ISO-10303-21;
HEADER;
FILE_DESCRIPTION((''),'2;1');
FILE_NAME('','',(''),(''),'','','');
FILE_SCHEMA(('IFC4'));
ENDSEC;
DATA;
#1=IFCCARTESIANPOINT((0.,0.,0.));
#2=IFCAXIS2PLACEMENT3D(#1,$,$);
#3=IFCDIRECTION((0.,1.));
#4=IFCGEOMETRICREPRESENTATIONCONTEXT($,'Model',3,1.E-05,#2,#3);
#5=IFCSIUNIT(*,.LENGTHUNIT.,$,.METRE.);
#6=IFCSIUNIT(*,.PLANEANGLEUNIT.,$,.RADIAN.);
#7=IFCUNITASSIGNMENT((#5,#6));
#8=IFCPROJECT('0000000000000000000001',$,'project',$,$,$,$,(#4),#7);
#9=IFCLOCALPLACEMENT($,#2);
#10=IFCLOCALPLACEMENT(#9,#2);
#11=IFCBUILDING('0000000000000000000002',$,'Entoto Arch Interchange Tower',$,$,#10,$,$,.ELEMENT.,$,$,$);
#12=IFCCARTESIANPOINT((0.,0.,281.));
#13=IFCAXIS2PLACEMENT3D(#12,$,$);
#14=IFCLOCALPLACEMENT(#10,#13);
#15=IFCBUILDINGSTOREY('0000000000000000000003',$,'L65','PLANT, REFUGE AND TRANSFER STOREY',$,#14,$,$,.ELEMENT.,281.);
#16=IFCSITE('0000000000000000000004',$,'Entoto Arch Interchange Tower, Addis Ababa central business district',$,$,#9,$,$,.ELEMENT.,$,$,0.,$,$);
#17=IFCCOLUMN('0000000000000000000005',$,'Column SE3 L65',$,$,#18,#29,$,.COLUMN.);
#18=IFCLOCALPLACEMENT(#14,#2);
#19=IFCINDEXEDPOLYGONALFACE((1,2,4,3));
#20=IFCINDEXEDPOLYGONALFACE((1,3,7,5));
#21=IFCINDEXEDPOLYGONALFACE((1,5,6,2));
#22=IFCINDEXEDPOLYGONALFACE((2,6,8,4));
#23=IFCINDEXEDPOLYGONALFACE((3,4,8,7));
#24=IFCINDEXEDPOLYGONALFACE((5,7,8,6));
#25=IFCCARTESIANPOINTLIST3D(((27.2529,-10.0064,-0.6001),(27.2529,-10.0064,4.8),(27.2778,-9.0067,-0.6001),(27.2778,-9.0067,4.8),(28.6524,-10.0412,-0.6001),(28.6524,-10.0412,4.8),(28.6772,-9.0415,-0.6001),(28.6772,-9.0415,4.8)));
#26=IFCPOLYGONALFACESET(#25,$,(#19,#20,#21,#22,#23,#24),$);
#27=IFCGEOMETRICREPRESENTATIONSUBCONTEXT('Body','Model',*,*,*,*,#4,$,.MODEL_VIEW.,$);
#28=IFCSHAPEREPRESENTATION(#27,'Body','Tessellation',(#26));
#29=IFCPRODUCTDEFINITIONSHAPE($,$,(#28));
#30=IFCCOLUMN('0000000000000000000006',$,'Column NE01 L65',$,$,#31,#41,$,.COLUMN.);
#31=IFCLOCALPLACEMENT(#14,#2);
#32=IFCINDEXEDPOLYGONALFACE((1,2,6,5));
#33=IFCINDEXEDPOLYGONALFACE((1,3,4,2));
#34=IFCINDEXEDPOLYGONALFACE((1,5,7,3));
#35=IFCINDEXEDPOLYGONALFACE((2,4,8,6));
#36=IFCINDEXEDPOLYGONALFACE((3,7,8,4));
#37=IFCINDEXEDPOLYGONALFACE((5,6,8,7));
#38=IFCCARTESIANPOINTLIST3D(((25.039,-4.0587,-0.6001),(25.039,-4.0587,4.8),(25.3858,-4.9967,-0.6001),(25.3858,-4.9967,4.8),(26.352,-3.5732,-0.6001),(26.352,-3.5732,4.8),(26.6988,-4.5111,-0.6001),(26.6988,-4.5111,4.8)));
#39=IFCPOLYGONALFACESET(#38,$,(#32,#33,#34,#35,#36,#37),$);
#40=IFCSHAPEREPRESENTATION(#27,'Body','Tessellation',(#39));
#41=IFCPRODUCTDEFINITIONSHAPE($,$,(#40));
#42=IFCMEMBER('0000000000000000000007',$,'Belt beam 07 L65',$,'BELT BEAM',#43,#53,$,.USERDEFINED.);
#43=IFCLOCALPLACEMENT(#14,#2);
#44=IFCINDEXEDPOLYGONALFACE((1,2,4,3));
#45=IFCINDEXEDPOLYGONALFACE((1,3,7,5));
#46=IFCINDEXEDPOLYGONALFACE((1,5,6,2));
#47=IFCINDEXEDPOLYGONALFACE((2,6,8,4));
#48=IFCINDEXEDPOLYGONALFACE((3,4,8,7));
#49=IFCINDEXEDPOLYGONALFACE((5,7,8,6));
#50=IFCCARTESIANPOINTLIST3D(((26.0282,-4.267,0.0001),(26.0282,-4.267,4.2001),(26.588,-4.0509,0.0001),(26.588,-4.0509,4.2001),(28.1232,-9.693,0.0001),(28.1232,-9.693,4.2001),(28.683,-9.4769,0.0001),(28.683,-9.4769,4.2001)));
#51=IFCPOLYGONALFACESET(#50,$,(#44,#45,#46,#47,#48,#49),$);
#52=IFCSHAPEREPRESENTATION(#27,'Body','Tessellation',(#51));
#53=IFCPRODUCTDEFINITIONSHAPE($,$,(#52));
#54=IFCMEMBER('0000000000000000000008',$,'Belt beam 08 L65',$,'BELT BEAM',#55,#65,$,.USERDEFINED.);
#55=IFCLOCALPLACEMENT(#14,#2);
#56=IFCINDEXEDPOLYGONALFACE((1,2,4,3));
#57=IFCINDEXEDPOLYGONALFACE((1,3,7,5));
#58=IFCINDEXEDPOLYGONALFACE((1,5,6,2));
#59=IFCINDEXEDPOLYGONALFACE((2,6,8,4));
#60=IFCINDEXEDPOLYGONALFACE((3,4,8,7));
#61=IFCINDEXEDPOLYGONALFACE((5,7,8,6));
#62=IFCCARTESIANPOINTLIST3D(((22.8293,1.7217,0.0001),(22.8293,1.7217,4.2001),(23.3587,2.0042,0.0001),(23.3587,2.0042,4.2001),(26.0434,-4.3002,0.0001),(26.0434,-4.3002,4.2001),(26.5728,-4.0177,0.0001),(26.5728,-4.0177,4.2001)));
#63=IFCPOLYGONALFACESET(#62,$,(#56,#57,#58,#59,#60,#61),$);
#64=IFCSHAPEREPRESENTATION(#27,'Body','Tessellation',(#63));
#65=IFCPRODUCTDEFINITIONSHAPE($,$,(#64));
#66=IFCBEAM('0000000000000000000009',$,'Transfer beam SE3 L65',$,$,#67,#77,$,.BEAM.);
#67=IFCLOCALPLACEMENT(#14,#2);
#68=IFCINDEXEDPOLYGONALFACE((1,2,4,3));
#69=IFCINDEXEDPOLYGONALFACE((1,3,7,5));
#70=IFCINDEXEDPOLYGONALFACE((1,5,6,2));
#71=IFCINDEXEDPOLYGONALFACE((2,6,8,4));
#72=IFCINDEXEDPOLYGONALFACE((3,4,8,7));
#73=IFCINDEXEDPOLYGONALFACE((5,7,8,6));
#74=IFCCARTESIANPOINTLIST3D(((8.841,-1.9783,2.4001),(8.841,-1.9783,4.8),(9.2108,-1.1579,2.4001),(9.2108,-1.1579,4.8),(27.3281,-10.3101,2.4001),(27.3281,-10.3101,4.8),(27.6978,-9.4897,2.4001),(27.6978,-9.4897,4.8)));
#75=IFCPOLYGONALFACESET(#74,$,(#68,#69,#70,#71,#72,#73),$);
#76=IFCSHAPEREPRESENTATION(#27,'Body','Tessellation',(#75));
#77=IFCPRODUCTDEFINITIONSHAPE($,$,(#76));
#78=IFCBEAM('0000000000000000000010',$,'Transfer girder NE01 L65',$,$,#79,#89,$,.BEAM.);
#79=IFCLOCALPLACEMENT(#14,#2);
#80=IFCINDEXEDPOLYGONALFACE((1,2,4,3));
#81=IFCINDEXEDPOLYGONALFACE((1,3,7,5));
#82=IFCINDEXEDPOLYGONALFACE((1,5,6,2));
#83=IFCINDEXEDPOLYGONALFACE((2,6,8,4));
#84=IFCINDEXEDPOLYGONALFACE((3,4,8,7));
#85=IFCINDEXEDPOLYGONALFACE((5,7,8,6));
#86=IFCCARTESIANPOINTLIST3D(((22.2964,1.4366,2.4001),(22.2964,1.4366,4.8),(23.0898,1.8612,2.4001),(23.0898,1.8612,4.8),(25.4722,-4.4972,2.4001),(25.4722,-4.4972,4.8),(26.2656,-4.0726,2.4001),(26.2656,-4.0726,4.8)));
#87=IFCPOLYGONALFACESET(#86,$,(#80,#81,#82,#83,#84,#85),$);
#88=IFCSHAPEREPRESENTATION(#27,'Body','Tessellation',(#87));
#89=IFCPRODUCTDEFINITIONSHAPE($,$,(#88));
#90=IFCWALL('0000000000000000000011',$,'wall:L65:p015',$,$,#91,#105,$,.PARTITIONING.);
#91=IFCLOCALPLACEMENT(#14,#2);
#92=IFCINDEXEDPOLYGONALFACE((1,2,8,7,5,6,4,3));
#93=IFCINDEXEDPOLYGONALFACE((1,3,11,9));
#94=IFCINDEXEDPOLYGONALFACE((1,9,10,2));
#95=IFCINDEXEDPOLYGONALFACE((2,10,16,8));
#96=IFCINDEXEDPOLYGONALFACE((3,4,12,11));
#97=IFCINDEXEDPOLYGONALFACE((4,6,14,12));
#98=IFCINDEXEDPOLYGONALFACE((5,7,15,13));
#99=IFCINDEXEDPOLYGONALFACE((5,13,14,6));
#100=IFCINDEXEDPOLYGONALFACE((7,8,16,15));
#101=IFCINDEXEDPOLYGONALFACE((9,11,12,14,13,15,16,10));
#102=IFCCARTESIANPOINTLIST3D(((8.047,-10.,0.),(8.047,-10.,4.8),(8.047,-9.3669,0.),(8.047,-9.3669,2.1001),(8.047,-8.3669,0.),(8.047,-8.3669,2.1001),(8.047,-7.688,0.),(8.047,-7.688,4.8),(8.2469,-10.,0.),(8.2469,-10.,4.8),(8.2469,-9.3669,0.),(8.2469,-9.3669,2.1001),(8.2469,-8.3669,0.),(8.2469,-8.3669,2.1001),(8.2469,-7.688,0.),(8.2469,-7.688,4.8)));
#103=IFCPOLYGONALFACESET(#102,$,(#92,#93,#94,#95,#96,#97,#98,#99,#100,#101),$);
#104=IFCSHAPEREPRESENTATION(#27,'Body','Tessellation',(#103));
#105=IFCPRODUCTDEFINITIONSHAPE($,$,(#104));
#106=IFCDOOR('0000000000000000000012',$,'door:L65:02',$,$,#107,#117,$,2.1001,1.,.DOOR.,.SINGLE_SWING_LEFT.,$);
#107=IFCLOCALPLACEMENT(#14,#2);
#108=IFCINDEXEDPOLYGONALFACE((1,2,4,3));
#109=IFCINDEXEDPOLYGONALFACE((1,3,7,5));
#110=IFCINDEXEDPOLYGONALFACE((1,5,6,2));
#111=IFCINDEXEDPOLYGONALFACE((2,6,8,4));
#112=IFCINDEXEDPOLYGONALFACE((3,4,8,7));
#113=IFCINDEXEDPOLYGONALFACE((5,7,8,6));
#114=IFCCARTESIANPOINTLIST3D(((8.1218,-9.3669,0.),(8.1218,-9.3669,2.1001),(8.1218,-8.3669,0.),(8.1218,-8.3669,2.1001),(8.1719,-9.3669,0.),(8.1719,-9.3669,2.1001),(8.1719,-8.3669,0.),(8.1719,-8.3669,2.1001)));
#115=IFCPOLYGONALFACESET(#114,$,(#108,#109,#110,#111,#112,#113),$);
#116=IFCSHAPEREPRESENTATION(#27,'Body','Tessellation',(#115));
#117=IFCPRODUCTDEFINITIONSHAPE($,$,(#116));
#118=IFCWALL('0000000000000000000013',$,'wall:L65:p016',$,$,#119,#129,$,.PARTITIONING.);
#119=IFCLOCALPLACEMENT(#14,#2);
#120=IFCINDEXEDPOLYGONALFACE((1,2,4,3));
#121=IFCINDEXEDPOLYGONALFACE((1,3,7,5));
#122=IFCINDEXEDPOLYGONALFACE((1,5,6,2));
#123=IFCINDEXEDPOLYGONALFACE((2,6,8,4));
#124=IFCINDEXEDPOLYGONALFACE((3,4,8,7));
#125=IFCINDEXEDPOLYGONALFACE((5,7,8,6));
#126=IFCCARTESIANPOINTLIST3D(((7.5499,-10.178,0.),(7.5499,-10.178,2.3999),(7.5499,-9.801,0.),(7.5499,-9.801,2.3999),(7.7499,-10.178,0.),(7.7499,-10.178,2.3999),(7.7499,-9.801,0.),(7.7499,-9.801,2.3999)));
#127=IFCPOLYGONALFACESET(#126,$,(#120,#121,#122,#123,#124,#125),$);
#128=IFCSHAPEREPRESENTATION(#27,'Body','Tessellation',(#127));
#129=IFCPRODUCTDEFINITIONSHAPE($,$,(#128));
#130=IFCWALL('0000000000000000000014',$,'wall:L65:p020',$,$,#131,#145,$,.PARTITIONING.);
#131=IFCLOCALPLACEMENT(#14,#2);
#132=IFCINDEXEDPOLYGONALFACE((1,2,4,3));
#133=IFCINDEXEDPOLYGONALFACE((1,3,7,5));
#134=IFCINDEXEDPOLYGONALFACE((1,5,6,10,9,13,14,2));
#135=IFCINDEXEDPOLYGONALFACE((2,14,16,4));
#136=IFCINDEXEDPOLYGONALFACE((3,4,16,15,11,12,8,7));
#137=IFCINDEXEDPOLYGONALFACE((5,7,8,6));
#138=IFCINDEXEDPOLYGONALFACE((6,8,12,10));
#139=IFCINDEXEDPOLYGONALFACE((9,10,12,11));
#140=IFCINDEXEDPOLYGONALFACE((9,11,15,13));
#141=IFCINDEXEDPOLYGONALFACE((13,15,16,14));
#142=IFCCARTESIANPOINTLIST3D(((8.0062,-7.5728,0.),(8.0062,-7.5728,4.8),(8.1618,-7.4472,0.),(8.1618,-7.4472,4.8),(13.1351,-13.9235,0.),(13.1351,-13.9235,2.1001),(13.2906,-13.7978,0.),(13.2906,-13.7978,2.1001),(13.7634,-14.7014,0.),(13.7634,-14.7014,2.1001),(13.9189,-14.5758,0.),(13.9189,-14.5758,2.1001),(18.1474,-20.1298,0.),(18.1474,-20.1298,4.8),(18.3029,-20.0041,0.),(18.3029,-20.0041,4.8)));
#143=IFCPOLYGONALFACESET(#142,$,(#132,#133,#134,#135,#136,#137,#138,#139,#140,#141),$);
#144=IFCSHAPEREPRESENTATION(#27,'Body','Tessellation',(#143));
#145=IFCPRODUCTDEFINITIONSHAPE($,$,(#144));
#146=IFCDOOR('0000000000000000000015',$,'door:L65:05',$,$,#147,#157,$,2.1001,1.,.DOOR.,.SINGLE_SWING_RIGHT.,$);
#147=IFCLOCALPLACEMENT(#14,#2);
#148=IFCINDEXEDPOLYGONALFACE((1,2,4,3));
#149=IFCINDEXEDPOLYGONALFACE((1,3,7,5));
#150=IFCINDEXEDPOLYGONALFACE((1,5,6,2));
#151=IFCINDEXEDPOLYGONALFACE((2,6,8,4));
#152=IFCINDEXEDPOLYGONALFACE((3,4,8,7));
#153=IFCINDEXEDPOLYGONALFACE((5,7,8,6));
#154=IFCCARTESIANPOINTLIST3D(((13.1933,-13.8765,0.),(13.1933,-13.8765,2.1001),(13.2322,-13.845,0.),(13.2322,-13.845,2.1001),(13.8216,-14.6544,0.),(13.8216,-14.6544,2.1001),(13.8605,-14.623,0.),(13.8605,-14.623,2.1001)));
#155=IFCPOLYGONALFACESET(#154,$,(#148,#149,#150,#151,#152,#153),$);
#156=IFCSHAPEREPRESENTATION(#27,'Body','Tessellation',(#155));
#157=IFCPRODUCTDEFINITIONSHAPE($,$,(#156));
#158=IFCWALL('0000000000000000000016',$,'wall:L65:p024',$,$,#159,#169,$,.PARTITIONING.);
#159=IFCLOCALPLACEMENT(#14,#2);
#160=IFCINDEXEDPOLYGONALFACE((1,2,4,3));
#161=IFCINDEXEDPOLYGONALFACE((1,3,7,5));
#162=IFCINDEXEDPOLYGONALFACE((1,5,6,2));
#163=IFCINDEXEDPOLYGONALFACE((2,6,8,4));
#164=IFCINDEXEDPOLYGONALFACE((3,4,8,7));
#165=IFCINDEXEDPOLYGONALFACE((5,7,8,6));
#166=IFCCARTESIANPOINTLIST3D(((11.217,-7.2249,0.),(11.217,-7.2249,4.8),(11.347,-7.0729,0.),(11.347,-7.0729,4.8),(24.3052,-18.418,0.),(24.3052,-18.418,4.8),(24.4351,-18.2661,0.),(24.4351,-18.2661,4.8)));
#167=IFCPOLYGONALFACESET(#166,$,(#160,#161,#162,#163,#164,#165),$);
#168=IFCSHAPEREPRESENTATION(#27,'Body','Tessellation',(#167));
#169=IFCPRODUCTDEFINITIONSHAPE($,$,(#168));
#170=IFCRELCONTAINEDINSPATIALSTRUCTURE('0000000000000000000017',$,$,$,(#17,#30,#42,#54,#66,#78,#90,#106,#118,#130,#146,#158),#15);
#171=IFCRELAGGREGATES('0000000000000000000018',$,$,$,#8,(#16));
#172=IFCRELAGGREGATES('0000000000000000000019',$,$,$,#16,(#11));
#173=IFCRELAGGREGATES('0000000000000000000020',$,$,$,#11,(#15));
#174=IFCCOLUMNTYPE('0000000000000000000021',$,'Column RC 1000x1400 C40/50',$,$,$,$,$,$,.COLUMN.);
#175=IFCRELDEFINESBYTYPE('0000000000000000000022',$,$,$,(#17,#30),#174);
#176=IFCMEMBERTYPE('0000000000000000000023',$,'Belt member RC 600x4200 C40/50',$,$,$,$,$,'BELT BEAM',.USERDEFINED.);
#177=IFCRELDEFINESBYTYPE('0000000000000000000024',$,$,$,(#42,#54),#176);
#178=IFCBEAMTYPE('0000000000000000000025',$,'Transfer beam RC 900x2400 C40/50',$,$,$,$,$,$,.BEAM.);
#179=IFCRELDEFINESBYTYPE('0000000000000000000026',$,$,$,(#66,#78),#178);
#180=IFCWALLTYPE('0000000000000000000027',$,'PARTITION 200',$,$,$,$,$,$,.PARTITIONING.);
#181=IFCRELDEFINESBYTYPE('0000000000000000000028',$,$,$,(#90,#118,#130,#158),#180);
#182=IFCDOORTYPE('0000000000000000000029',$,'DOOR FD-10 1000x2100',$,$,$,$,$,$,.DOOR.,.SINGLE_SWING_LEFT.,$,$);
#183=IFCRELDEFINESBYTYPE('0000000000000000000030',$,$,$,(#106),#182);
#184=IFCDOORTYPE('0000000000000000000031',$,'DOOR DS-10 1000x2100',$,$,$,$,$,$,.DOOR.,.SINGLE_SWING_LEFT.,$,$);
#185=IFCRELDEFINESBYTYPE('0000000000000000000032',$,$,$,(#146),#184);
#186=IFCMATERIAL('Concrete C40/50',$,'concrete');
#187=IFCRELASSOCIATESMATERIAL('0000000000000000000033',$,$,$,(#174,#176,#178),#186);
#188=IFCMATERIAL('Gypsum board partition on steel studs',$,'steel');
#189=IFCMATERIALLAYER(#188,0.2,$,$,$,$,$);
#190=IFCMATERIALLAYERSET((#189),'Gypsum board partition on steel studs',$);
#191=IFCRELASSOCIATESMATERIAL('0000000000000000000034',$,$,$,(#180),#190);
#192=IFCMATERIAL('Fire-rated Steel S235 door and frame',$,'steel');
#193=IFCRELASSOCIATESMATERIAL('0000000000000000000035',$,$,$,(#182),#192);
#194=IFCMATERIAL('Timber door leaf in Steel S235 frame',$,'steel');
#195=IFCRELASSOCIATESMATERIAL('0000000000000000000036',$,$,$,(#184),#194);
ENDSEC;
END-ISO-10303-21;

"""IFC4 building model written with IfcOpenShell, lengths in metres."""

from ifc_helpers import new_model, si_unit, direction, frame, frame_2d, origin, origin_2d, place, context, subcontext, project, spatial, rectangle, extrude, material, layer, layer_set, material_profile, profile_set, type_object, element, fill, save


model = new_model("IFC4")

# Units and contexts
model_context = context("Model", 3, precision=1e-05, world=origin(), true_north=direction((0.0, 1.0)))
body_context = subcontext(model_context, "Body", "Model", "MODEL_VIEW")
ifc_project = project(units=[si_unit("LENGTHUNIT", "METRE"), si_unit("PLANEANGLEUNIT", "RADIAN")], contexts=[model_context])

# Site, building, storey
site_placement = place(None, origin())
site = spatial("IfcSite", under=ifc_project, at=site_placement, Name="Entoto Arch Interchange Tower, Addis Ababa central business district", CompositionType="ELEMENT", RefElevation=0.0)
building_placement = place(site_placement, origin())
building = spatial("IfcBuilding", under=site, at=building_placement, Name="Entoto Arch Interchange Tower", CompositionType="ELEMENT")
storey_placement = place(building_placement, frame((0.0, 0.0, 281.0)))
storey = spatial("IfcBuildingStorey", under=building, at=storey_placement, Name="L65", Description="PLANT, REFUGE AND TRANSFER STOREY", CompositionType="ELEMENT", Elevation=281.0)

# Columns
ifc_material_1 = material(Name="Concrete C40/50", Category="concrete")
ifc_material_profile_1 = material_profile(ifc_material_1, rectangle(XDim=1.0, YDim=1.3999, at=origin_2d()))
ifc_profile_set_1 = profile_set([ifc_material_profile_1], Name="Concrete C40/50")
column_type = type_object("IfcColumnType", Name="Column RC 1000x1400 C40/50", PredefinedType="COLUMN", material=ifc_profile_set_1)
for number, where, z_axis, x_axis, name in (
    (1, (27.9651, -9.5239, -0.6001), (0.0, 0.0, 1.0), (0.024833, 0.999692, 0.0), "Column SE3 L65"),
    (2, (25.8689, -4.2849, -0.6001), (0.0, 0.0, 1.0), (-0.346854, 0.937919, 0.0), "Column NE01 L65"),
):
    element("IfcColumn", number, at=place(storey_placement, frame(where, z_axis=z_axis, x_axis=x_axis)), inside=storey, type_object=column_type, Name=name, PredefinedType="COLUMN", context=body_context, shape_type="SweptSolid", body=[
        extrude(rectangle(XDim=1.0, YDim=1.3999, at=origin_2d()), origin(), (0.0, 0.0, 1.0), 5.4001),
    ])

# Members
ifc_material_profile_2 = material_profile(ifc_material_1, rectangle(XDim=0.6001, YDim=4.2, at=origin_2d()))
ifc_profile_set_2 = profile_set([ifc_material_profile_2], Name="Concrete C40/50")
member_type = type_object("IfcMemberType", Name="Belt member RC 600x4200 C40/50", ElementType="BELT BEAM", PredefinedType="USERDEFINED", material=ifc_profile_set_2)
member_1_placement = place(storey_placement, frame((28.4031, -9.585, 2.1001), z_axis=(-0.360183, 0.932882, 0.0), x_axis=(-0.932882, -0.360183, 0.0)))
element("IfcMember", 3, at=member_1_placement, inside=storey, type_object=member_type, Name="Belt beam 07 L65", ObjectType="BELT BEAM", PredefinedType="USERDEFINED", context=body_context, shape_type="SweptSolid", body=[
    extrude(rectangle(XDim=0.6001, YDim=4.2, at=origin_2d()), origin(), (0.0, 0.0, 1.0), 5.8164),
])
member_2_placement = place(storey_placement, frame((26.3081, -4.1589, 2.1001), z_axis=(-0.470861, 0.882207, 0.0), x_axis=(-0.882207, -0.470861, 0.0)))
element("IfcMember", 4, at=member_2_placement, inside=storey, type_object=member_type, Name="Belt beam 08 L65", ObjectType="BELT BEAM", PredefinedType="USERDEFINED", context=body_context, shape_type="SweptSolid", body=[
    extrude(rectangle(XDim=0.6001, YDim=4.2, at=origin_2d()), origin(), (0.0, 0.0, 1.0), 6.8259),
])

# Beams
ifc_material_profile_3 = material_profile(ifc_material_1, rectangle(XDim=0.8999, YDim=2.3999, at=origin_2d()))
ifc_profile_set_3 = profile_set([ifc_material_profile_3], Name="Concrete C40/50")
beam_type = type_object("IfcBeamType", Name="Transfer beam RC 900x2400 C40/50", PredefinedType="BEAM", material=ifc_profile_set_3)
beam_1_placement = place(storey_placement, frame((9.0259, -1.5681, 3.6001), z_axis=(0.911689, -0.410882, 0.0), x_axis=(0.410882, 0.911689, 0.0)))
element("IfcBeam", 5, at=beam_1_placement, inside=storey, type_object=beam_type, Name="Transfer beam SE3 L65", PredefinedType="BEAM", context=body_context, shape_type="SweptSolid", body=[
    extrude(rectangle(XDim=0.8999, YDim=2.3999, at=origin_2d()), origin(), (0.0, 0.0, 1.0), 20.2778),
])
beam_2_placement = place(storey_placement, frame((25.8689, -4.2849, 3.6001), z_axis=(-0.471868, 0.881669, 0.0), x_axis=(-0.881669, -0.471868, 0.0)))
element("IfcBeam", 6, at=beam_2_placement, inside=storey, type_object=beam_type, Name="Transfer girder NE01 L65", PredefinedType="BEAM", context=body_context, shape_type="SweptSolid", body=[
    extrude(rectangle(XDim=0.8999, YDim=2.3999, at=origin_2d()), origin(), (0.0, 0.0, 1.0), 6.7302),
])

# Wall, opening, door
ifc_material_2 = material(Name="Gypsum board partition on steel studs", Category="steel")
ifc_layer_1 = layer(ifc_material_2, 0.2)
ifc_layer_set_1 = layer_set([ifc_layer_1], Name="Gypsum board partition on steel studs")
wall_type_1 = type_object("IfcWallType", Name="PARTITION 200", PredefinedType="PARTITIONING", material=ifc_layer_set_1)
wall_1_placement = place(storey_placement, frame((8.147, -7.688, 0.0), z_axis=(0.0, 0.0, 1.0), x_axis=(0.0, -1.0, 0.0)))
wall_1 = element("IfcWall", 7, at=wall_1_placement, inside=storey, type_object=wall_type_1, Name="wall:L65:p015", PredefinedType="PARTITIONING", context=body_context, shape_type="SweptSolid", body=[
    extrude(rectangle(XDim=2.312, YDim=0.2, at=frame_2d((1.156, 0.0))), origin(), (0.0, 0.0, 1.0), 4.8),
])
opening_1_placement = place(wall_1_placement, frame((0.679, 0.0, 0.0)))
opening_1 = element("IfcOpeningElement", 8, at=opening_1_placement, cuts=wall_1, PredefinedType="OPENING", context=body_context, shape_type="SweptSolid", body=[
    extrude(rectangle(XDim=1.0, YDim=2.1001, at=frame_2d((0.5, 1.05))), frame((0.0, 0.1099, 0.0), z_axis=(0.0, -1.0, 0.0), x_axis=(1.0, 0.0, 0.0)), (0.0, 0.0, 1.0), 0.22),
])
ifc_material_3 = material(Name="Fire-rated Steel S235 door and frame", Category="steel")
door_type_1 = type_object("IfcDoorType", Name="DOOR FD-10 1000x2100", OperationType="SINGLE_SWING_LEFT", PredefinedType="DOOR", material=ifc_material_3)
door_1_placement = place(opening_1_placement, origin())
door_1 = element("IfcDoor", 9, at=door_1_placement, inside=storey, type_object=door_type_1, Name="door:L65:02", OperationType="SINGLE_SWING_LEFT", OverallHeight=2.1001, OverallWidth=1.0, PredefinedType="DOOR", context=body_context, shape_type="SweptSolid", body=[
    extrude(rectangle(XDim=1.0, YDim=2.1001, at=frame_2d((0.5, 1.05))), frame((0.0, 0.0249, 0.0), z_axis=(0.0, -1.0, 0.0), x_axis=(1.0, 0.0, 0.0)), (0.0, 0.0, 1.0), 0.05),
])
fill(opening_1, door_1)

# Wall
wall_2_placement = place(storey_placement, frame((7.6499, -9.801, 0.0), z_axis=(0.0, 0.0, 1.0), x_axis=(0.0, -1.0, 0.0)))
element("IfcWall", 10, at=wall_2_placement, inside=storey, type_object=wall_type_1, Name="wall:L65:p016", PredefinedType="PARTITIONING", context=body_context, shape_type="SweptSolid", body=[
    extrude(rectangle(XDim=0.377, YDim=0.2, at=frame_2d((0.1885, 0.0))), origin(), (0.0, 0.0, 1.0), 2.3999),
])

# Wall, opening, door
wall_3_placement = place(storey_placement, frame((8.084, -7.51, 0.0), z_axis=(0.0, 0.0, 1.0), x_axis=(0.6283, -0.777971, 0.0)))
wall_3 = element("IfcWall", 11, at=wall_3_placement, inside=storey, type_object=wall_type_1, Name="wall:L65:p020", PredefinedType="PARTITIONING", context=body_context, shape_type="SweptSolid", body=[
    extrude(rectangle(XDim=16.1406, YDim=0.2, at=frame_2d((8.0703, 0.0))), origin(), (0.0, 0.0, 1.0), 4.8),
])
opening_2_placement = place(wall_3_placement, frame((8.1631, 0.0, 0.0)))
opening_2 = element("IfcOpeningElement", 12, at=opening_2_placement, cuts=wall_3, PredefinedType="OPENING", context=body_context, shape_type="SweptSolid", body=[
    extrude(rectangle(XDim=1.0, YDim=2.1001, at=frame_2d((0.5, 1.05))), frame((0.0, 0.1099, 0.0), z_axis=(0.0, -1.0, 0.0), x_axis=(1.0, 0.0, 0.0)), (0.0, 0.0, 1.0), 0.22),
])
ifc_material_4 = material(Name="Timber door leaf in Steel S235 frame", Category="steel")
door_type_2 = type_object("IfcDoorType", Name="DOOR DS-10 1000x2100", OperationType="SINGLE_SWING_LEFT", PredefinedType="DOOR", material=ifc_material_4)
door_2_placement = place(opening_2_placement, origin())
door_2 = element("IfcDoor", 13, at=door_2_placement, inside=storey, type_object=door_type_2, Name="door:L65:05", OperationType="SINGLE_SWING_RIGHT", OverallHeight=2.1001, OverallWidth=1.0, PredefinedType="DOOR", context=body_context, shape_type="SweptSolid", body=[
    extrude(rectangle(XDim=1.0, YDim=2.1001, at=frame_2d((0.5, 1.05))), frame((0.0, 0.0249, 0.0), z_axis=(0.0, -1.0, 0.0), x_axis=(1.0, 0.0, 0.0)), (0.0, 0.0, 1.0), 0.05),
])
fill(opening_2, door_2)

# Wall
wall_4_placement = place(storey_placement, frame((11.282, -7.1489, 0.0), z_axis=(0.0, 0.0, 1.0), x_axis=(0.759982, -0.649945, 0.0)))
element("IfcWall", 14, at=wall_4_placement, inside=storey, type_object=wall_type_1, Name="wall:L65:p024", PredefinedType="PARTITIONING", context=body_context, shape_type="SweptSolid", body=[
    extrude(rectangle(XDim=17.2217, YDim=0.2, at=frame_2d((8.6108, 0.0))), origin(), (0.0, 0.0, 1.0), 4.8),
])

save(model, "model.ifc")
